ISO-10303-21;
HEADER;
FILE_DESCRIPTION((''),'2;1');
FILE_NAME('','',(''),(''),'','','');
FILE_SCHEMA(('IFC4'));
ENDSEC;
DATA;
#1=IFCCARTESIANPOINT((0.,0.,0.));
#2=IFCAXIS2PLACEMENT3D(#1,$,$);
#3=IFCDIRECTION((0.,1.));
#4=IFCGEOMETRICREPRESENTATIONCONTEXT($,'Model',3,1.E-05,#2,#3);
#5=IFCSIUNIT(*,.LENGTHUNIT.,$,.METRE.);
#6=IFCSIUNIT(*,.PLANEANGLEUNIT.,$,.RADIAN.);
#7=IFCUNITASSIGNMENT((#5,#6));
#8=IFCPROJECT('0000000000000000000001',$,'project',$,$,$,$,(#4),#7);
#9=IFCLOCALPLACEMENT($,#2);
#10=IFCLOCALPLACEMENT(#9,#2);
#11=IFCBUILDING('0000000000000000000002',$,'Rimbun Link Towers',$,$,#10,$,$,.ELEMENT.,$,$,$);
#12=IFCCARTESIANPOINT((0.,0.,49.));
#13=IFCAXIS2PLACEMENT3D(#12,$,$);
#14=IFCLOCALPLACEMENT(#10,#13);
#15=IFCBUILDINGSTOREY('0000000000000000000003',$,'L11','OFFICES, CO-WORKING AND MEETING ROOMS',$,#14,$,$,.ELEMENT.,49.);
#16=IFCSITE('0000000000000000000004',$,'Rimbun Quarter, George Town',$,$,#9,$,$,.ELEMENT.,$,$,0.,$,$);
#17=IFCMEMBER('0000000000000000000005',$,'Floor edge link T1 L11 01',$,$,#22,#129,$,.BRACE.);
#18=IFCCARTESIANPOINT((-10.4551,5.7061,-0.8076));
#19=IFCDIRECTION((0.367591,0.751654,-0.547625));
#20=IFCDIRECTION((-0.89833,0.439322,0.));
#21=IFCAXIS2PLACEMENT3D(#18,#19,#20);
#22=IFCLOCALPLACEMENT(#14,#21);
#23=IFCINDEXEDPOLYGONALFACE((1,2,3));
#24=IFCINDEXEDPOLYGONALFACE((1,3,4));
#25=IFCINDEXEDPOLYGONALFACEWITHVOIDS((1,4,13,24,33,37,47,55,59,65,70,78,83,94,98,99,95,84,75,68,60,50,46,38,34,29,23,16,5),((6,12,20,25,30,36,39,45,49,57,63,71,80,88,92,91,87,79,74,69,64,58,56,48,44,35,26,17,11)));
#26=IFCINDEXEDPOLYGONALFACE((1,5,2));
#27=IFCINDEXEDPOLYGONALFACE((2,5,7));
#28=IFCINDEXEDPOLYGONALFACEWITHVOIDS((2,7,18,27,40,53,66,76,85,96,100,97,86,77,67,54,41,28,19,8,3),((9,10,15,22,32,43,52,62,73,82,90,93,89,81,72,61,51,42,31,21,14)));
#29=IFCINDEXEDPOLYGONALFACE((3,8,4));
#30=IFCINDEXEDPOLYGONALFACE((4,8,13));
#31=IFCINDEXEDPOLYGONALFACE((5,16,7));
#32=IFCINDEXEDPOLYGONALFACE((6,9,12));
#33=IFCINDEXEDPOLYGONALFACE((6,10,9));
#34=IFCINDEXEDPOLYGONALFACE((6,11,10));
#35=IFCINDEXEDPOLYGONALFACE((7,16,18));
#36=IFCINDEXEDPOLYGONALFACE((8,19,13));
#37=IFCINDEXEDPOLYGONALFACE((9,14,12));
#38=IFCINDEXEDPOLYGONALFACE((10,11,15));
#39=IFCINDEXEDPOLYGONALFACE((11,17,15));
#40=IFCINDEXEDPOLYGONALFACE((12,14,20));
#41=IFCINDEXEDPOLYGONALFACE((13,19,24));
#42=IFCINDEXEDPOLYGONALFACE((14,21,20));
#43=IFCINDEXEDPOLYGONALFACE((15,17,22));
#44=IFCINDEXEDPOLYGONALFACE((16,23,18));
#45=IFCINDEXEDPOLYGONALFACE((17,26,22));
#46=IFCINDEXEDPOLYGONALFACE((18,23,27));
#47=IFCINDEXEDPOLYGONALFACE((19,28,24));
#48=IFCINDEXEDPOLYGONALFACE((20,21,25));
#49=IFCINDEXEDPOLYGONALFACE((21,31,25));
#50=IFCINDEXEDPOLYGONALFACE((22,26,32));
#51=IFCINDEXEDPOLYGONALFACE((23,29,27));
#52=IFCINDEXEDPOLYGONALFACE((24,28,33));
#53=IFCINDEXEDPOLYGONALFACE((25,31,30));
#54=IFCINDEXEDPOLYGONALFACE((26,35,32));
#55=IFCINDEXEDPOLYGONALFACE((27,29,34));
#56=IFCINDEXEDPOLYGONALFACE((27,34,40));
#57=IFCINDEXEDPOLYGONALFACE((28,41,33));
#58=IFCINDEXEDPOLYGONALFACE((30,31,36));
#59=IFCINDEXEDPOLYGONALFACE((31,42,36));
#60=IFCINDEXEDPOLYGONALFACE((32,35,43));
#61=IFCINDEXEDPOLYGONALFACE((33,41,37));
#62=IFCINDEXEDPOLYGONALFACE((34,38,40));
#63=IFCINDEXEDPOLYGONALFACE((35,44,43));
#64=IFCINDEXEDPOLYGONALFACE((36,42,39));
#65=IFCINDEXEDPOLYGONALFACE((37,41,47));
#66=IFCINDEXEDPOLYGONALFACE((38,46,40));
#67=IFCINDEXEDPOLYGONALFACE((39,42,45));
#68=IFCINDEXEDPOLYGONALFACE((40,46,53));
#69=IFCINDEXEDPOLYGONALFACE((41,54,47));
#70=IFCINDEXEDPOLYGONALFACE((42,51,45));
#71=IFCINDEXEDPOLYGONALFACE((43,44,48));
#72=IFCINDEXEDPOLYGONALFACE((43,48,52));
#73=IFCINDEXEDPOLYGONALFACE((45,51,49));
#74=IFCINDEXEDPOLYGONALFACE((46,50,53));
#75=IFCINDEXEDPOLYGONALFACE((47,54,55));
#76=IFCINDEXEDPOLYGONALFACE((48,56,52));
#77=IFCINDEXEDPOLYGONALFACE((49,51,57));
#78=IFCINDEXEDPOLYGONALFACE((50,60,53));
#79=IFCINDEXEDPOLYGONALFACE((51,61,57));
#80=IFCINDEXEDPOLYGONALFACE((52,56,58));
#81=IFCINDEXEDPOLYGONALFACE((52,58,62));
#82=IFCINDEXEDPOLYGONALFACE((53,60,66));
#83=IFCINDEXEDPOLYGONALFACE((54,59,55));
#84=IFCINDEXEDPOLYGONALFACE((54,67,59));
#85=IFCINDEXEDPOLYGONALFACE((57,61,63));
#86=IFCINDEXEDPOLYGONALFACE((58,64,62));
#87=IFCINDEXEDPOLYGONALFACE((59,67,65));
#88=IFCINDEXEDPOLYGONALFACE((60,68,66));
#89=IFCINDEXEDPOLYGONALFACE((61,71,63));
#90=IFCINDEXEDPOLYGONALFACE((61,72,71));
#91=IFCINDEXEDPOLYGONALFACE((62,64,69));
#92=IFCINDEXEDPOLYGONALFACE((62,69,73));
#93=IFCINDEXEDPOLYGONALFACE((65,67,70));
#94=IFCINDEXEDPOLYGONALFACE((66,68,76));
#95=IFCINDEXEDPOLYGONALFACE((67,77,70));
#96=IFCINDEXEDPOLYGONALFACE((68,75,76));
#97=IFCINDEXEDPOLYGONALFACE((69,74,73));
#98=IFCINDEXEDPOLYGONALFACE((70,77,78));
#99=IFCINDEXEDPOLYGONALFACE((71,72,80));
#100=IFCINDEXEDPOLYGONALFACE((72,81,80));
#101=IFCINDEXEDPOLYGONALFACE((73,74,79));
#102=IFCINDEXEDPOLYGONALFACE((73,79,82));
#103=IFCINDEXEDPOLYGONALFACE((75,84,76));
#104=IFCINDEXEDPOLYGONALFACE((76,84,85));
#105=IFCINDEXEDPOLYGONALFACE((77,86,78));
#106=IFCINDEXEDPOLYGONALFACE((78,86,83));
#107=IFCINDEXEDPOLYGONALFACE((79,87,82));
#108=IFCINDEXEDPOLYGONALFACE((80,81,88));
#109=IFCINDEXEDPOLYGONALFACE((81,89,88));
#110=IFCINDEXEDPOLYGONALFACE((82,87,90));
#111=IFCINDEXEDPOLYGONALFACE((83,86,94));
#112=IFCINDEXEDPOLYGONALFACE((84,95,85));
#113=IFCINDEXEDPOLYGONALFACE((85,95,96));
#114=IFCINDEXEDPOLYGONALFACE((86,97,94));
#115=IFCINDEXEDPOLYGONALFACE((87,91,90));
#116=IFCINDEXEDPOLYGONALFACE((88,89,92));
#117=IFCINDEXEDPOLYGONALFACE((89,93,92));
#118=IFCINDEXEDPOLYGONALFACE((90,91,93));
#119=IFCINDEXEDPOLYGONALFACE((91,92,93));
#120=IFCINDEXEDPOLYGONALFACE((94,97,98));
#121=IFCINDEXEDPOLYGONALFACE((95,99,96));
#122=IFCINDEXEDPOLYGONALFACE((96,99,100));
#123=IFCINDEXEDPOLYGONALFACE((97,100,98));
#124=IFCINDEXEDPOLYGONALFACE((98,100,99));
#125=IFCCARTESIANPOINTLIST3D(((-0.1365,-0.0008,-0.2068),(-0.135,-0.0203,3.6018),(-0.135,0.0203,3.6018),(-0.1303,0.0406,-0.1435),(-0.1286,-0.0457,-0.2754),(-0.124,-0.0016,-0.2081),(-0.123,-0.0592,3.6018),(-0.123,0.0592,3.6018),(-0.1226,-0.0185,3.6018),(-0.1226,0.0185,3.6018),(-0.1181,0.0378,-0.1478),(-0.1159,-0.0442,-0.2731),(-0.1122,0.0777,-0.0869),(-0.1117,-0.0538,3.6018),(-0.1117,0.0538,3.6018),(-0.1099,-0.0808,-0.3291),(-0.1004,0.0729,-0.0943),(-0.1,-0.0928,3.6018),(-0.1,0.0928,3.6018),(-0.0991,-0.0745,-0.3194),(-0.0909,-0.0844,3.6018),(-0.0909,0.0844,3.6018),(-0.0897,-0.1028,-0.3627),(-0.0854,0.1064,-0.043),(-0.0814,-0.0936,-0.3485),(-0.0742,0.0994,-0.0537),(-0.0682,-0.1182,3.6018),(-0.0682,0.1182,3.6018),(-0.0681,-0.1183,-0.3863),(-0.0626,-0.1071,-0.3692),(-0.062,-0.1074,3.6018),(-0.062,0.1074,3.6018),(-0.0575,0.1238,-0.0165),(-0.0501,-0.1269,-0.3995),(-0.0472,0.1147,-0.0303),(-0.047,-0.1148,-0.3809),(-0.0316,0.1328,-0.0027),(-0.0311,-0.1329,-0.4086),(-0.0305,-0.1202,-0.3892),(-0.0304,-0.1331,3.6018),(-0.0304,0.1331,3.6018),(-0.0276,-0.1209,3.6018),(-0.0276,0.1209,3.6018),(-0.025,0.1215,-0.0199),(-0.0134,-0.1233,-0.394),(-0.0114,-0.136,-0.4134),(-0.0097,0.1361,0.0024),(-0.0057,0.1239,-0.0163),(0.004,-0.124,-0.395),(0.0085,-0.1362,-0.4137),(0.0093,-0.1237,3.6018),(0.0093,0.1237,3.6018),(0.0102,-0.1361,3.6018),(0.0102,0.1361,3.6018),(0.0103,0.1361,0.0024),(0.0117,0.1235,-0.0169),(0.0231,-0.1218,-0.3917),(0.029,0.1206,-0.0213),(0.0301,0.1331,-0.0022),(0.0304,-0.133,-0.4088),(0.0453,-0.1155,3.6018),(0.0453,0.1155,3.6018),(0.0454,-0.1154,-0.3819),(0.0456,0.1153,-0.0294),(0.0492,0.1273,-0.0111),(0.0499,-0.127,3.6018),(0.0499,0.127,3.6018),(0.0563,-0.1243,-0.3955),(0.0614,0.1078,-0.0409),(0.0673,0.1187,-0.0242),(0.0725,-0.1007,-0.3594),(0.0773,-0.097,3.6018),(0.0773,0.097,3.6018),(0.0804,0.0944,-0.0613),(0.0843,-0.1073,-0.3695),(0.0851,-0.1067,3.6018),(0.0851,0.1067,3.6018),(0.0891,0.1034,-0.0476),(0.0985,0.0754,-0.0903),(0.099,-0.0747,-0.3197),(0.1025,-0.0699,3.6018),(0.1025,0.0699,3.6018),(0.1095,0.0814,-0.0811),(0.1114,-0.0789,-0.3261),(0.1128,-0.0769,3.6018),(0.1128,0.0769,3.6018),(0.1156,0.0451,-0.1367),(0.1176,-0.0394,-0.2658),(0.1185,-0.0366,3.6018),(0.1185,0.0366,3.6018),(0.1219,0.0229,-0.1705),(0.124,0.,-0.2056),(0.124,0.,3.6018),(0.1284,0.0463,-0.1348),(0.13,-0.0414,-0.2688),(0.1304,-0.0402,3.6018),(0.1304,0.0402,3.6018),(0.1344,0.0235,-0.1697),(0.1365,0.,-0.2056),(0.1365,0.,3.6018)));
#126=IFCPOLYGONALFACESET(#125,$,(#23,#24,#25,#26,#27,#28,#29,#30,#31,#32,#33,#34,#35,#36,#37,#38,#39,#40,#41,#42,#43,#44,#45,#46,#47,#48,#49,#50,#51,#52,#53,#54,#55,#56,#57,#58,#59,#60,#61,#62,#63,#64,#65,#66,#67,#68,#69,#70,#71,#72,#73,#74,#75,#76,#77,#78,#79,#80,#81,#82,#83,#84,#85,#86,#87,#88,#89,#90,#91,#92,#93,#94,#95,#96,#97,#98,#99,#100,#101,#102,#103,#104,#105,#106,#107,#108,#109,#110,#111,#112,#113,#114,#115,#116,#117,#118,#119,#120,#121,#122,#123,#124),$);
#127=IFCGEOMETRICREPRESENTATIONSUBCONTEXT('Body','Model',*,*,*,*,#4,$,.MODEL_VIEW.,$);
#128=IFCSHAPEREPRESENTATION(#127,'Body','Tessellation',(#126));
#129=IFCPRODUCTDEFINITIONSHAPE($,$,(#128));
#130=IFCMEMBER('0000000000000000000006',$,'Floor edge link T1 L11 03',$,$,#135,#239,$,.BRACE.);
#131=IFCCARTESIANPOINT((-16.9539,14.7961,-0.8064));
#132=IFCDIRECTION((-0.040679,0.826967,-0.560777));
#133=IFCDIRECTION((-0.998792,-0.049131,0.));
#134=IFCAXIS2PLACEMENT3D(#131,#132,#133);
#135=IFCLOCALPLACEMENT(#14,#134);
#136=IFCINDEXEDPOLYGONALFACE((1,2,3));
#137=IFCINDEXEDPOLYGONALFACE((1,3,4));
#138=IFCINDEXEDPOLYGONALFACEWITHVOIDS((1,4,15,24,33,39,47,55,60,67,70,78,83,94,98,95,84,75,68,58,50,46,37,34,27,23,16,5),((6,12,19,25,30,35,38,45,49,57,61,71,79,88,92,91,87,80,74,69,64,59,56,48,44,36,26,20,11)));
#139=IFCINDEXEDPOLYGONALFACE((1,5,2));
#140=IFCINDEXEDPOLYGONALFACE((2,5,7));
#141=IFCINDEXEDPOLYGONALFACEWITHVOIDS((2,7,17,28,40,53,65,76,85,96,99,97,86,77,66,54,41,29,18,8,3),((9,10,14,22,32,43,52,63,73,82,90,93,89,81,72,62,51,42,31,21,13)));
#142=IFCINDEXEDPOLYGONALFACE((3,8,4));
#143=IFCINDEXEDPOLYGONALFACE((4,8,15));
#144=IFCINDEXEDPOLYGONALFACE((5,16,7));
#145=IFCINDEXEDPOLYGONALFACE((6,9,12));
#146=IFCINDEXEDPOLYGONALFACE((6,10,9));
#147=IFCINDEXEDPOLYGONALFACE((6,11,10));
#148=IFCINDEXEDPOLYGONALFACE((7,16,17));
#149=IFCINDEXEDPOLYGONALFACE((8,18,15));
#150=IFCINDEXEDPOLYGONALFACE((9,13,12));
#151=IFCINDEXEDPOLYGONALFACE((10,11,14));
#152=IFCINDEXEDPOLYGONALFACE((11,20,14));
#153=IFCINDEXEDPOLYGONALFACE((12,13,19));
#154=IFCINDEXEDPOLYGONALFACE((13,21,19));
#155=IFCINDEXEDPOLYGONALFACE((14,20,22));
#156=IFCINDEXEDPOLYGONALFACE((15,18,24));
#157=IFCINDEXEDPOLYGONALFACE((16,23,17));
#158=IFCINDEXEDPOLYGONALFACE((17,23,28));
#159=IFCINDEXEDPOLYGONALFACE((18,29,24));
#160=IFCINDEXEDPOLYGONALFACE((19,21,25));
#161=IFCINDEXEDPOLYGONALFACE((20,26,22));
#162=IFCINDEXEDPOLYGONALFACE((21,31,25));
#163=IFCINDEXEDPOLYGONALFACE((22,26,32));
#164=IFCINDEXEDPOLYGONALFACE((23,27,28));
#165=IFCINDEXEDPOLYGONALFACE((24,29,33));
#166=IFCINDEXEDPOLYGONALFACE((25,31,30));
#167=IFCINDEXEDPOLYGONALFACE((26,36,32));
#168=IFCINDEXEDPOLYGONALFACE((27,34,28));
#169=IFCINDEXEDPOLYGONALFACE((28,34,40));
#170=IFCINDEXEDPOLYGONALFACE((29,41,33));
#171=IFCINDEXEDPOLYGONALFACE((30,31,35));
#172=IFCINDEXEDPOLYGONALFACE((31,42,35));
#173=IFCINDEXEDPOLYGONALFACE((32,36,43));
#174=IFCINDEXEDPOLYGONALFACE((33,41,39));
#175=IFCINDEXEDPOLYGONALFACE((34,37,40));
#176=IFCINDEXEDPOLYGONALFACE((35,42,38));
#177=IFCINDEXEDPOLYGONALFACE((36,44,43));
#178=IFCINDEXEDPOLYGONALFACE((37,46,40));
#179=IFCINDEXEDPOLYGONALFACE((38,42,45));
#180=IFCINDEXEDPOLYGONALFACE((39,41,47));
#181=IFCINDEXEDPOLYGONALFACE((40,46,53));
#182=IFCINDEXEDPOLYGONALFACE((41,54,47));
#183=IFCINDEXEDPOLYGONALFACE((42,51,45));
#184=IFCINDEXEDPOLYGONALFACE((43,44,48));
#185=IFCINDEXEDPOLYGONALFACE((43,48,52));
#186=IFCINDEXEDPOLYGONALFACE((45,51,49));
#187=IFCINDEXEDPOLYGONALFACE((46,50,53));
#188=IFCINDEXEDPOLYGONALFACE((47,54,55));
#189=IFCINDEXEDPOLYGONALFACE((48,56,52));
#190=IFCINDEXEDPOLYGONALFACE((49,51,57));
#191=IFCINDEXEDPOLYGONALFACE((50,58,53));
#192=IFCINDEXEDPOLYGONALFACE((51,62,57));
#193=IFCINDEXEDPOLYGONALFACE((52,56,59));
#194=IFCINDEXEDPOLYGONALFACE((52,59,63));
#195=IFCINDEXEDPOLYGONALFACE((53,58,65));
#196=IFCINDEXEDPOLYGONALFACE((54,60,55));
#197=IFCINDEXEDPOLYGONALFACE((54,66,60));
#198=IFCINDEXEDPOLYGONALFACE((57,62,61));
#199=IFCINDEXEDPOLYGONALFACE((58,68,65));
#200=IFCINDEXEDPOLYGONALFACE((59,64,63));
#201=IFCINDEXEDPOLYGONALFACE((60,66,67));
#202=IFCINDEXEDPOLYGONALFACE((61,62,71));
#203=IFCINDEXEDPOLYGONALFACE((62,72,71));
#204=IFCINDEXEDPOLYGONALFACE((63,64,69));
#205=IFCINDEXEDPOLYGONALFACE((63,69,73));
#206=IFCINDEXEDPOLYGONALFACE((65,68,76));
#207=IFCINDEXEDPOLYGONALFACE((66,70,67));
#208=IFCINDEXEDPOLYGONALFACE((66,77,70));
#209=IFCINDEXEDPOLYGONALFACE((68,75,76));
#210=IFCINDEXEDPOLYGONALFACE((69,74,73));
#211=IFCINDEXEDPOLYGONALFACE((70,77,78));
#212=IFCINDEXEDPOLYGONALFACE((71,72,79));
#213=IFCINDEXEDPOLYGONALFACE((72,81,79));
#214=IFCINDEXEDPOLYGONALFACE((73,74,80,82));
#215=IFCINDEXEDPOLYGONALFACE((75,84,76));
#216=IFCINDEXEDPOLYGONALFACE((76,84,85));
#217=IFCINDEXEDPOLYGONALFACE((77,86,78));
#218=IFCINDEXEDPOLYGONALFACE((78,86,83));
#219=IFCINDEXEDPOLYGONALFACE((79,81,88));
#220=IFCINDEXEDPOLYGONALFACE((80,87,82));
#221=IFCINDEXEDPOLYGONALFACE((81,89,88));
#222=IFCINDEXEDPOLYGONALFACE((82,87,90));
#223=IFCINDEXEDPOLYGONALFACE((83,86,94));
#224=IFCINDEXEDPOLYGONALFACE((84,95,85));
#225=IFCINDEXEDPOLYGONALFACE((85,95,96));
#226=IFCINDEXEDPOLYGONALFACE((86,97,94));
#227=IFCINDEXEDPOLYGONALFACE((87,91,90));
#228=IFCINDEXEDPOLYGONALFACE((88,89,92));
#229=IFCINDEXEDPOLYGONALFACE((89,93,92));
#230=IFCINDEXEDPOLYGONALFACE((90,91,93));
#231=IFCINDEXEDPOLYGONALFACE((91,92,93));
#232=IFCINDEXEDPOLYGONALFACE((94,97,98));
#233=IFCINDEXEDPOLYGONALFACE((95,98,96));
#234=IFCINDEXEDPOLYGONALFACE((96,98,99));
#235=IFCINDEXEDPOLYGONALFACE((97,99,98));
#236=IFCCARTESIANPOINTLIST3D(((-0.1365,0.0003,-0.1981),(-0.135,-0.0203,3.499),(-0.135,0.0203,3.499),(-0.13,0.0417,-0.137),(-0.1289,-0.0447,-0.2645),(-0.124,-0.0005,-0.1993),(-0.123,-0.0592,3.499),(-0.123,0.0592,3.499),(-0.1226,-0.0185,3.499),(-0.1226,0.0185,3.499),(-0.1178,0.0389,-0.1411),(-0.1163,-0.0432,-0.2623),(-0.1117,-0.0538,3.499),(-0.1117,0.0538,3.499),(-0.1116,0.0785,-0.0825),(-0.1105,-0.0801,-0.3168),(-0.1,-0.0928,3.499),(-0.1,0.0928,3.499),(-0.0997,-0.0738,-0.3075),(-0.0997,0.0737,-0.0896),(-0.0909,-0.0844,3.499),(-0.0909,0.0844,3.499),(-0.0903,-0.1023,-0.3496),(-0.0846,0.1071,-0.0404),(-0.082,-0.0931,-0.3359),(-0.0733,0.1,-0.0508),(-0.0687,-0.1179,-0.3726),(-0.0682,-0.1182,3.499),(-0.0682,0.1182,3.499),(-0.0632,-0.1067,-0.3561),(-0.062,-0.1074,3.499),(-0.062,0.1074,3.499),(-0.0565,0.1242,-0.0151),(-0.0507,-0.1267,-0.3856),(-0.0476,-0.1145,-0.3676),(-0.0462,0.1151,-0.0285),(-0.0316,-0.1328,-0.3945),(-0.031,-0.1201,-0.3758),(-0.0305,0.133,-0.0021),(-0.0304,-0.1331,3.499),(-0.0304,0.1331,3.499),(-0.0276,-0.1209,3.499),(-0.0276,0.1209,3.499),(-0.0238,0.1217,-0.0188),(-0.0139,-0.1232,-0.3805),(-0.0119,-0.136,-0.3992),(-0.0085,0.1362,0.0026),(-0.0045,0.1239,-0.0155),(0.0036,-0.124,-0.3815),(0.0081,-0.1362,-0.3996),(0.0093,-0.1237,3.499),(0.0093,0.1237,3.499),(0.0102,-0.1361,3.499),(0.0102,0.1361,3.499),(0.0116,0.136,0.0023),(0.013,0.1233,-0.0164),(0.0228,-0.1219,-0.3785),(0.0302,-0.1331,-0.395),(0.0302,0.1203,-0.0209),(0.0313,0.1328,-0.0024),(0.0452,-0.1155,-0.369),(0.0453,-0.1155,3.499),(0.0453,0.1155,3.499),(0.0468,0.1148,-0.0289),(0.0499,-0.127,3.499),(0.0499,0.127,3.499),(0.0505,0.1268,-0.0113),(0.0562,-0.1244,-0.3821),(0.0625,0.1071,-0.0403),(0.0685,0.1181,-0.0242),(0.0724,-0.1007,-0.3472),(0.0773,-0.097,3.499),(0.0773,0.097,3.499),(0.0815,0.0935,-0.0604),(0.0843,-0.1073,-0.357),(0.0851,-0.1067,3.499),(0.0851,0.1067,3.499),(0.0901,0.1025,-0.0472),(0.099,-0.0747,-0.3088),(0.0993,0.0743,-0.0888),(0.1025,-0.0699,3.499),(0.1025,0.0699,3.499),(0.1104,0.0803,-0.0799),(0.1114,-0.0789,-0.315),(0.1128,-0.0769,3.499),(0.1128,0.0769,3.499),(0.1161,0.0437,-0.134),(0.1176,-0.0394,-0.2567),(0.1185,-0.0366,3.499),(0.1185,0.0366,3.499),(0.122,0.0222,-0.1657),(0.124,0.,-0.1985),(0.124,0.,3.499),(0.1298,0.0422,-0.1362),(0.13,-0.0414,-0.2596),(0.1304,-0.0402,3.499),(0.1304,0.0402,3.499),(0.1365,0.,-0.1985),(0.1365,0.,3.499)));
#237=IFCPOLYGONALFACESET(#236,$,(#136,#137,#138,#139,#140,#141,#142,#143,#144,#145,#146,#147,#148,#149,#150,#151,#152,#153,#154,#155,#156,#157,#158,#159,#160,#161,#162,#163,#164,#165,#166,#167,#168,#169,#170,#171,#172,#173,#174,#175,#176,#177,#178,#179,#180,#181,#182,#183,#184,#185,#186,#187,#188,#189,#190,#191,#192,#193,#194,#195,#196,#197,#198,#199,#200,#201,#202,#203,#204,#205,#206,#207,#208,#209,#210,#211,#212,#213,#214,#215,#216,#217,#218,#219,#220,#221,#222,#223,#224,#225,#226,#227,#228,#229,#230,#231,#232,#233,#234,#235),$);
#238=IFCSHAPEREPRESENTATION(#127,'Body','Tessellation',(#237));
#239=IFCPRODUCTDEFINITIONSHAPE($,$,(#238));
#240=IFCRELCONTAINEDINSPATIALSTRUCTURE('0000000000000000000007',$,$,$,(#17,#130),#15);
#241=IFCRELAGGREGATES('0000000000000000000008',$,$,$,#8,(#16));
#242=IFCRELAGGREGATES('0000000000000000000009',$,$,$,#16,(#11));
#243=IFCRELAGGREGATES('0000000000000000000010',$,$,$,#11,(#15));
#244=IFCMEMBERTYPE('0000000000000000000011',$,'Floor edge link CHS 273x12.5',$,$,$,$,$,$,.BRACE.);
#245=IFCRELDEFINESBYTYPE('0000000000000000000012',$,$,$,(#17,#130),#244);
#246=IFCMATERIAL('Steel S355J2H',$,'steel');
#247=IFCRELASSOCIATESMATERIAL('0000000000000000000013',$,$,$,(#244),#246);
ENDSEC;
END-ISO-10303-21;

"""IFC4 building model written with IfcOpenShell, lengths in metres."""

from ifc_helpers import new_model, si_unit, direction, frame, origin, origin_2d, place, context, subcontext, project, spatial, hollow_circle, extrude, clip, halfspace, material, material_profile, profile_set, type_object, element, save


model = new_model("IFC4")

# Units and contexts
model_context = context("Model", 3, precision=1e-05, world=origin(), true_north=direction((0.0, 1.0)))
body_context = subcontext(model_context, "Body", "Model", "MODEL_VIEW")
ifc_project = project(units=[si_unit("LENGTHUNIT", "METRE"), si_unit("PLANEANGLEUNIT", "RADIAN")], contexts=[model_context])

# Site, building, storey
site_placement = place(None, origin())
site = spatial("IfcSite", under=ifc_project, at=site_placement, Name="Rimbun Quarter, George Town", CompositionType="ELEMENT", RefElevation=0.0)
building_placement = place(site_placement, origin())
building = spatial("IfcBuilding", under=site, at=building_placement, Name="Rimbun Link Towers", CompositionType="ELEMENT")
storey_placement = place(building_placement, frame((0.0, 0.0, 49.0)))
storey = spatial("IfcBuildingStorey", under=building, at=storey_placement, Name="L11", Description="OFFICES, CO-WORKING AND MEETING ROOMS", CompositionType="ELEMENT", Elevation=49.0)

# Members
ifc_material_1 = material(Name="Steel S355J2H", Category="steel")
ifc_material_profile_1 = material_profile(ifc_material_1, hollow_circle(Radius=0.1365, WallThickness=0.0125, at=origin_2d()), Name="CHS 273x12.5")
ifc_profile_set_1 = profile_set([ifc_material_profile_1], Name="Steel S355J2H")
member_type_1 = type_object("IfcMemberType", Name="Floor edge link CHS 273x12.5", PredefinedType="BRACE", material=ifc_profile_set_1)
member_1_placement = place(storey_placement, frame((-10.4551, 5.7061, -0.8076), z_axis=(0.367591, 0.751654, -0.547625), x_axis=(-0.89833, 0.439322, 0.0)))
element("IfcMember", 1, at=member_1_placement, inside=storey, type_object=member_type_1, Name="Floor edge link T1 L11 01", PredefinedType="BRACE", context=body_context, shape_type="Clipping", body=[
    clip(extrude(hollow_circle(Radius=0.1365, WallThickness=0.0125, at=origin_2d()), frame((0.0, 0.0, -0.4353)), (0.0, 0.0, 1.0), 4.0371), halfspace(frame((0.0, 0.0, -0.2056), z_axis=(0.0, 0.836724, -0.547625)), False)),
])
member_2_placement = place(storey_placement, frame((-16.9539, 14.7961, -0.8064), z_axis=(-0.040679, 0.826967, -0.560777), x_axis=(-0.998792, -0.049131, 0.0)))
element("IfcMember", 2, at=member_2_placement, inside=storey, type_object=member_type_1, Name="Floor edge link T1 L11 03", PredefinedType="BRACE", context=body_context, shape_type="Clipping", body=[
    clip(extrude(hollow_circle(Radius=0.1365, WallThickness=0.0125, at=origin_2d()), frame((0.0, 0.0, -0.4209)), (0.0, 0.0, 1.0), 3.9199), halfspace(frame((0.0, 0.0, -0.1985), z_axis=(0.0, 0.827967, -0.560777)), False)),
])

save(model, "model.ifc")
